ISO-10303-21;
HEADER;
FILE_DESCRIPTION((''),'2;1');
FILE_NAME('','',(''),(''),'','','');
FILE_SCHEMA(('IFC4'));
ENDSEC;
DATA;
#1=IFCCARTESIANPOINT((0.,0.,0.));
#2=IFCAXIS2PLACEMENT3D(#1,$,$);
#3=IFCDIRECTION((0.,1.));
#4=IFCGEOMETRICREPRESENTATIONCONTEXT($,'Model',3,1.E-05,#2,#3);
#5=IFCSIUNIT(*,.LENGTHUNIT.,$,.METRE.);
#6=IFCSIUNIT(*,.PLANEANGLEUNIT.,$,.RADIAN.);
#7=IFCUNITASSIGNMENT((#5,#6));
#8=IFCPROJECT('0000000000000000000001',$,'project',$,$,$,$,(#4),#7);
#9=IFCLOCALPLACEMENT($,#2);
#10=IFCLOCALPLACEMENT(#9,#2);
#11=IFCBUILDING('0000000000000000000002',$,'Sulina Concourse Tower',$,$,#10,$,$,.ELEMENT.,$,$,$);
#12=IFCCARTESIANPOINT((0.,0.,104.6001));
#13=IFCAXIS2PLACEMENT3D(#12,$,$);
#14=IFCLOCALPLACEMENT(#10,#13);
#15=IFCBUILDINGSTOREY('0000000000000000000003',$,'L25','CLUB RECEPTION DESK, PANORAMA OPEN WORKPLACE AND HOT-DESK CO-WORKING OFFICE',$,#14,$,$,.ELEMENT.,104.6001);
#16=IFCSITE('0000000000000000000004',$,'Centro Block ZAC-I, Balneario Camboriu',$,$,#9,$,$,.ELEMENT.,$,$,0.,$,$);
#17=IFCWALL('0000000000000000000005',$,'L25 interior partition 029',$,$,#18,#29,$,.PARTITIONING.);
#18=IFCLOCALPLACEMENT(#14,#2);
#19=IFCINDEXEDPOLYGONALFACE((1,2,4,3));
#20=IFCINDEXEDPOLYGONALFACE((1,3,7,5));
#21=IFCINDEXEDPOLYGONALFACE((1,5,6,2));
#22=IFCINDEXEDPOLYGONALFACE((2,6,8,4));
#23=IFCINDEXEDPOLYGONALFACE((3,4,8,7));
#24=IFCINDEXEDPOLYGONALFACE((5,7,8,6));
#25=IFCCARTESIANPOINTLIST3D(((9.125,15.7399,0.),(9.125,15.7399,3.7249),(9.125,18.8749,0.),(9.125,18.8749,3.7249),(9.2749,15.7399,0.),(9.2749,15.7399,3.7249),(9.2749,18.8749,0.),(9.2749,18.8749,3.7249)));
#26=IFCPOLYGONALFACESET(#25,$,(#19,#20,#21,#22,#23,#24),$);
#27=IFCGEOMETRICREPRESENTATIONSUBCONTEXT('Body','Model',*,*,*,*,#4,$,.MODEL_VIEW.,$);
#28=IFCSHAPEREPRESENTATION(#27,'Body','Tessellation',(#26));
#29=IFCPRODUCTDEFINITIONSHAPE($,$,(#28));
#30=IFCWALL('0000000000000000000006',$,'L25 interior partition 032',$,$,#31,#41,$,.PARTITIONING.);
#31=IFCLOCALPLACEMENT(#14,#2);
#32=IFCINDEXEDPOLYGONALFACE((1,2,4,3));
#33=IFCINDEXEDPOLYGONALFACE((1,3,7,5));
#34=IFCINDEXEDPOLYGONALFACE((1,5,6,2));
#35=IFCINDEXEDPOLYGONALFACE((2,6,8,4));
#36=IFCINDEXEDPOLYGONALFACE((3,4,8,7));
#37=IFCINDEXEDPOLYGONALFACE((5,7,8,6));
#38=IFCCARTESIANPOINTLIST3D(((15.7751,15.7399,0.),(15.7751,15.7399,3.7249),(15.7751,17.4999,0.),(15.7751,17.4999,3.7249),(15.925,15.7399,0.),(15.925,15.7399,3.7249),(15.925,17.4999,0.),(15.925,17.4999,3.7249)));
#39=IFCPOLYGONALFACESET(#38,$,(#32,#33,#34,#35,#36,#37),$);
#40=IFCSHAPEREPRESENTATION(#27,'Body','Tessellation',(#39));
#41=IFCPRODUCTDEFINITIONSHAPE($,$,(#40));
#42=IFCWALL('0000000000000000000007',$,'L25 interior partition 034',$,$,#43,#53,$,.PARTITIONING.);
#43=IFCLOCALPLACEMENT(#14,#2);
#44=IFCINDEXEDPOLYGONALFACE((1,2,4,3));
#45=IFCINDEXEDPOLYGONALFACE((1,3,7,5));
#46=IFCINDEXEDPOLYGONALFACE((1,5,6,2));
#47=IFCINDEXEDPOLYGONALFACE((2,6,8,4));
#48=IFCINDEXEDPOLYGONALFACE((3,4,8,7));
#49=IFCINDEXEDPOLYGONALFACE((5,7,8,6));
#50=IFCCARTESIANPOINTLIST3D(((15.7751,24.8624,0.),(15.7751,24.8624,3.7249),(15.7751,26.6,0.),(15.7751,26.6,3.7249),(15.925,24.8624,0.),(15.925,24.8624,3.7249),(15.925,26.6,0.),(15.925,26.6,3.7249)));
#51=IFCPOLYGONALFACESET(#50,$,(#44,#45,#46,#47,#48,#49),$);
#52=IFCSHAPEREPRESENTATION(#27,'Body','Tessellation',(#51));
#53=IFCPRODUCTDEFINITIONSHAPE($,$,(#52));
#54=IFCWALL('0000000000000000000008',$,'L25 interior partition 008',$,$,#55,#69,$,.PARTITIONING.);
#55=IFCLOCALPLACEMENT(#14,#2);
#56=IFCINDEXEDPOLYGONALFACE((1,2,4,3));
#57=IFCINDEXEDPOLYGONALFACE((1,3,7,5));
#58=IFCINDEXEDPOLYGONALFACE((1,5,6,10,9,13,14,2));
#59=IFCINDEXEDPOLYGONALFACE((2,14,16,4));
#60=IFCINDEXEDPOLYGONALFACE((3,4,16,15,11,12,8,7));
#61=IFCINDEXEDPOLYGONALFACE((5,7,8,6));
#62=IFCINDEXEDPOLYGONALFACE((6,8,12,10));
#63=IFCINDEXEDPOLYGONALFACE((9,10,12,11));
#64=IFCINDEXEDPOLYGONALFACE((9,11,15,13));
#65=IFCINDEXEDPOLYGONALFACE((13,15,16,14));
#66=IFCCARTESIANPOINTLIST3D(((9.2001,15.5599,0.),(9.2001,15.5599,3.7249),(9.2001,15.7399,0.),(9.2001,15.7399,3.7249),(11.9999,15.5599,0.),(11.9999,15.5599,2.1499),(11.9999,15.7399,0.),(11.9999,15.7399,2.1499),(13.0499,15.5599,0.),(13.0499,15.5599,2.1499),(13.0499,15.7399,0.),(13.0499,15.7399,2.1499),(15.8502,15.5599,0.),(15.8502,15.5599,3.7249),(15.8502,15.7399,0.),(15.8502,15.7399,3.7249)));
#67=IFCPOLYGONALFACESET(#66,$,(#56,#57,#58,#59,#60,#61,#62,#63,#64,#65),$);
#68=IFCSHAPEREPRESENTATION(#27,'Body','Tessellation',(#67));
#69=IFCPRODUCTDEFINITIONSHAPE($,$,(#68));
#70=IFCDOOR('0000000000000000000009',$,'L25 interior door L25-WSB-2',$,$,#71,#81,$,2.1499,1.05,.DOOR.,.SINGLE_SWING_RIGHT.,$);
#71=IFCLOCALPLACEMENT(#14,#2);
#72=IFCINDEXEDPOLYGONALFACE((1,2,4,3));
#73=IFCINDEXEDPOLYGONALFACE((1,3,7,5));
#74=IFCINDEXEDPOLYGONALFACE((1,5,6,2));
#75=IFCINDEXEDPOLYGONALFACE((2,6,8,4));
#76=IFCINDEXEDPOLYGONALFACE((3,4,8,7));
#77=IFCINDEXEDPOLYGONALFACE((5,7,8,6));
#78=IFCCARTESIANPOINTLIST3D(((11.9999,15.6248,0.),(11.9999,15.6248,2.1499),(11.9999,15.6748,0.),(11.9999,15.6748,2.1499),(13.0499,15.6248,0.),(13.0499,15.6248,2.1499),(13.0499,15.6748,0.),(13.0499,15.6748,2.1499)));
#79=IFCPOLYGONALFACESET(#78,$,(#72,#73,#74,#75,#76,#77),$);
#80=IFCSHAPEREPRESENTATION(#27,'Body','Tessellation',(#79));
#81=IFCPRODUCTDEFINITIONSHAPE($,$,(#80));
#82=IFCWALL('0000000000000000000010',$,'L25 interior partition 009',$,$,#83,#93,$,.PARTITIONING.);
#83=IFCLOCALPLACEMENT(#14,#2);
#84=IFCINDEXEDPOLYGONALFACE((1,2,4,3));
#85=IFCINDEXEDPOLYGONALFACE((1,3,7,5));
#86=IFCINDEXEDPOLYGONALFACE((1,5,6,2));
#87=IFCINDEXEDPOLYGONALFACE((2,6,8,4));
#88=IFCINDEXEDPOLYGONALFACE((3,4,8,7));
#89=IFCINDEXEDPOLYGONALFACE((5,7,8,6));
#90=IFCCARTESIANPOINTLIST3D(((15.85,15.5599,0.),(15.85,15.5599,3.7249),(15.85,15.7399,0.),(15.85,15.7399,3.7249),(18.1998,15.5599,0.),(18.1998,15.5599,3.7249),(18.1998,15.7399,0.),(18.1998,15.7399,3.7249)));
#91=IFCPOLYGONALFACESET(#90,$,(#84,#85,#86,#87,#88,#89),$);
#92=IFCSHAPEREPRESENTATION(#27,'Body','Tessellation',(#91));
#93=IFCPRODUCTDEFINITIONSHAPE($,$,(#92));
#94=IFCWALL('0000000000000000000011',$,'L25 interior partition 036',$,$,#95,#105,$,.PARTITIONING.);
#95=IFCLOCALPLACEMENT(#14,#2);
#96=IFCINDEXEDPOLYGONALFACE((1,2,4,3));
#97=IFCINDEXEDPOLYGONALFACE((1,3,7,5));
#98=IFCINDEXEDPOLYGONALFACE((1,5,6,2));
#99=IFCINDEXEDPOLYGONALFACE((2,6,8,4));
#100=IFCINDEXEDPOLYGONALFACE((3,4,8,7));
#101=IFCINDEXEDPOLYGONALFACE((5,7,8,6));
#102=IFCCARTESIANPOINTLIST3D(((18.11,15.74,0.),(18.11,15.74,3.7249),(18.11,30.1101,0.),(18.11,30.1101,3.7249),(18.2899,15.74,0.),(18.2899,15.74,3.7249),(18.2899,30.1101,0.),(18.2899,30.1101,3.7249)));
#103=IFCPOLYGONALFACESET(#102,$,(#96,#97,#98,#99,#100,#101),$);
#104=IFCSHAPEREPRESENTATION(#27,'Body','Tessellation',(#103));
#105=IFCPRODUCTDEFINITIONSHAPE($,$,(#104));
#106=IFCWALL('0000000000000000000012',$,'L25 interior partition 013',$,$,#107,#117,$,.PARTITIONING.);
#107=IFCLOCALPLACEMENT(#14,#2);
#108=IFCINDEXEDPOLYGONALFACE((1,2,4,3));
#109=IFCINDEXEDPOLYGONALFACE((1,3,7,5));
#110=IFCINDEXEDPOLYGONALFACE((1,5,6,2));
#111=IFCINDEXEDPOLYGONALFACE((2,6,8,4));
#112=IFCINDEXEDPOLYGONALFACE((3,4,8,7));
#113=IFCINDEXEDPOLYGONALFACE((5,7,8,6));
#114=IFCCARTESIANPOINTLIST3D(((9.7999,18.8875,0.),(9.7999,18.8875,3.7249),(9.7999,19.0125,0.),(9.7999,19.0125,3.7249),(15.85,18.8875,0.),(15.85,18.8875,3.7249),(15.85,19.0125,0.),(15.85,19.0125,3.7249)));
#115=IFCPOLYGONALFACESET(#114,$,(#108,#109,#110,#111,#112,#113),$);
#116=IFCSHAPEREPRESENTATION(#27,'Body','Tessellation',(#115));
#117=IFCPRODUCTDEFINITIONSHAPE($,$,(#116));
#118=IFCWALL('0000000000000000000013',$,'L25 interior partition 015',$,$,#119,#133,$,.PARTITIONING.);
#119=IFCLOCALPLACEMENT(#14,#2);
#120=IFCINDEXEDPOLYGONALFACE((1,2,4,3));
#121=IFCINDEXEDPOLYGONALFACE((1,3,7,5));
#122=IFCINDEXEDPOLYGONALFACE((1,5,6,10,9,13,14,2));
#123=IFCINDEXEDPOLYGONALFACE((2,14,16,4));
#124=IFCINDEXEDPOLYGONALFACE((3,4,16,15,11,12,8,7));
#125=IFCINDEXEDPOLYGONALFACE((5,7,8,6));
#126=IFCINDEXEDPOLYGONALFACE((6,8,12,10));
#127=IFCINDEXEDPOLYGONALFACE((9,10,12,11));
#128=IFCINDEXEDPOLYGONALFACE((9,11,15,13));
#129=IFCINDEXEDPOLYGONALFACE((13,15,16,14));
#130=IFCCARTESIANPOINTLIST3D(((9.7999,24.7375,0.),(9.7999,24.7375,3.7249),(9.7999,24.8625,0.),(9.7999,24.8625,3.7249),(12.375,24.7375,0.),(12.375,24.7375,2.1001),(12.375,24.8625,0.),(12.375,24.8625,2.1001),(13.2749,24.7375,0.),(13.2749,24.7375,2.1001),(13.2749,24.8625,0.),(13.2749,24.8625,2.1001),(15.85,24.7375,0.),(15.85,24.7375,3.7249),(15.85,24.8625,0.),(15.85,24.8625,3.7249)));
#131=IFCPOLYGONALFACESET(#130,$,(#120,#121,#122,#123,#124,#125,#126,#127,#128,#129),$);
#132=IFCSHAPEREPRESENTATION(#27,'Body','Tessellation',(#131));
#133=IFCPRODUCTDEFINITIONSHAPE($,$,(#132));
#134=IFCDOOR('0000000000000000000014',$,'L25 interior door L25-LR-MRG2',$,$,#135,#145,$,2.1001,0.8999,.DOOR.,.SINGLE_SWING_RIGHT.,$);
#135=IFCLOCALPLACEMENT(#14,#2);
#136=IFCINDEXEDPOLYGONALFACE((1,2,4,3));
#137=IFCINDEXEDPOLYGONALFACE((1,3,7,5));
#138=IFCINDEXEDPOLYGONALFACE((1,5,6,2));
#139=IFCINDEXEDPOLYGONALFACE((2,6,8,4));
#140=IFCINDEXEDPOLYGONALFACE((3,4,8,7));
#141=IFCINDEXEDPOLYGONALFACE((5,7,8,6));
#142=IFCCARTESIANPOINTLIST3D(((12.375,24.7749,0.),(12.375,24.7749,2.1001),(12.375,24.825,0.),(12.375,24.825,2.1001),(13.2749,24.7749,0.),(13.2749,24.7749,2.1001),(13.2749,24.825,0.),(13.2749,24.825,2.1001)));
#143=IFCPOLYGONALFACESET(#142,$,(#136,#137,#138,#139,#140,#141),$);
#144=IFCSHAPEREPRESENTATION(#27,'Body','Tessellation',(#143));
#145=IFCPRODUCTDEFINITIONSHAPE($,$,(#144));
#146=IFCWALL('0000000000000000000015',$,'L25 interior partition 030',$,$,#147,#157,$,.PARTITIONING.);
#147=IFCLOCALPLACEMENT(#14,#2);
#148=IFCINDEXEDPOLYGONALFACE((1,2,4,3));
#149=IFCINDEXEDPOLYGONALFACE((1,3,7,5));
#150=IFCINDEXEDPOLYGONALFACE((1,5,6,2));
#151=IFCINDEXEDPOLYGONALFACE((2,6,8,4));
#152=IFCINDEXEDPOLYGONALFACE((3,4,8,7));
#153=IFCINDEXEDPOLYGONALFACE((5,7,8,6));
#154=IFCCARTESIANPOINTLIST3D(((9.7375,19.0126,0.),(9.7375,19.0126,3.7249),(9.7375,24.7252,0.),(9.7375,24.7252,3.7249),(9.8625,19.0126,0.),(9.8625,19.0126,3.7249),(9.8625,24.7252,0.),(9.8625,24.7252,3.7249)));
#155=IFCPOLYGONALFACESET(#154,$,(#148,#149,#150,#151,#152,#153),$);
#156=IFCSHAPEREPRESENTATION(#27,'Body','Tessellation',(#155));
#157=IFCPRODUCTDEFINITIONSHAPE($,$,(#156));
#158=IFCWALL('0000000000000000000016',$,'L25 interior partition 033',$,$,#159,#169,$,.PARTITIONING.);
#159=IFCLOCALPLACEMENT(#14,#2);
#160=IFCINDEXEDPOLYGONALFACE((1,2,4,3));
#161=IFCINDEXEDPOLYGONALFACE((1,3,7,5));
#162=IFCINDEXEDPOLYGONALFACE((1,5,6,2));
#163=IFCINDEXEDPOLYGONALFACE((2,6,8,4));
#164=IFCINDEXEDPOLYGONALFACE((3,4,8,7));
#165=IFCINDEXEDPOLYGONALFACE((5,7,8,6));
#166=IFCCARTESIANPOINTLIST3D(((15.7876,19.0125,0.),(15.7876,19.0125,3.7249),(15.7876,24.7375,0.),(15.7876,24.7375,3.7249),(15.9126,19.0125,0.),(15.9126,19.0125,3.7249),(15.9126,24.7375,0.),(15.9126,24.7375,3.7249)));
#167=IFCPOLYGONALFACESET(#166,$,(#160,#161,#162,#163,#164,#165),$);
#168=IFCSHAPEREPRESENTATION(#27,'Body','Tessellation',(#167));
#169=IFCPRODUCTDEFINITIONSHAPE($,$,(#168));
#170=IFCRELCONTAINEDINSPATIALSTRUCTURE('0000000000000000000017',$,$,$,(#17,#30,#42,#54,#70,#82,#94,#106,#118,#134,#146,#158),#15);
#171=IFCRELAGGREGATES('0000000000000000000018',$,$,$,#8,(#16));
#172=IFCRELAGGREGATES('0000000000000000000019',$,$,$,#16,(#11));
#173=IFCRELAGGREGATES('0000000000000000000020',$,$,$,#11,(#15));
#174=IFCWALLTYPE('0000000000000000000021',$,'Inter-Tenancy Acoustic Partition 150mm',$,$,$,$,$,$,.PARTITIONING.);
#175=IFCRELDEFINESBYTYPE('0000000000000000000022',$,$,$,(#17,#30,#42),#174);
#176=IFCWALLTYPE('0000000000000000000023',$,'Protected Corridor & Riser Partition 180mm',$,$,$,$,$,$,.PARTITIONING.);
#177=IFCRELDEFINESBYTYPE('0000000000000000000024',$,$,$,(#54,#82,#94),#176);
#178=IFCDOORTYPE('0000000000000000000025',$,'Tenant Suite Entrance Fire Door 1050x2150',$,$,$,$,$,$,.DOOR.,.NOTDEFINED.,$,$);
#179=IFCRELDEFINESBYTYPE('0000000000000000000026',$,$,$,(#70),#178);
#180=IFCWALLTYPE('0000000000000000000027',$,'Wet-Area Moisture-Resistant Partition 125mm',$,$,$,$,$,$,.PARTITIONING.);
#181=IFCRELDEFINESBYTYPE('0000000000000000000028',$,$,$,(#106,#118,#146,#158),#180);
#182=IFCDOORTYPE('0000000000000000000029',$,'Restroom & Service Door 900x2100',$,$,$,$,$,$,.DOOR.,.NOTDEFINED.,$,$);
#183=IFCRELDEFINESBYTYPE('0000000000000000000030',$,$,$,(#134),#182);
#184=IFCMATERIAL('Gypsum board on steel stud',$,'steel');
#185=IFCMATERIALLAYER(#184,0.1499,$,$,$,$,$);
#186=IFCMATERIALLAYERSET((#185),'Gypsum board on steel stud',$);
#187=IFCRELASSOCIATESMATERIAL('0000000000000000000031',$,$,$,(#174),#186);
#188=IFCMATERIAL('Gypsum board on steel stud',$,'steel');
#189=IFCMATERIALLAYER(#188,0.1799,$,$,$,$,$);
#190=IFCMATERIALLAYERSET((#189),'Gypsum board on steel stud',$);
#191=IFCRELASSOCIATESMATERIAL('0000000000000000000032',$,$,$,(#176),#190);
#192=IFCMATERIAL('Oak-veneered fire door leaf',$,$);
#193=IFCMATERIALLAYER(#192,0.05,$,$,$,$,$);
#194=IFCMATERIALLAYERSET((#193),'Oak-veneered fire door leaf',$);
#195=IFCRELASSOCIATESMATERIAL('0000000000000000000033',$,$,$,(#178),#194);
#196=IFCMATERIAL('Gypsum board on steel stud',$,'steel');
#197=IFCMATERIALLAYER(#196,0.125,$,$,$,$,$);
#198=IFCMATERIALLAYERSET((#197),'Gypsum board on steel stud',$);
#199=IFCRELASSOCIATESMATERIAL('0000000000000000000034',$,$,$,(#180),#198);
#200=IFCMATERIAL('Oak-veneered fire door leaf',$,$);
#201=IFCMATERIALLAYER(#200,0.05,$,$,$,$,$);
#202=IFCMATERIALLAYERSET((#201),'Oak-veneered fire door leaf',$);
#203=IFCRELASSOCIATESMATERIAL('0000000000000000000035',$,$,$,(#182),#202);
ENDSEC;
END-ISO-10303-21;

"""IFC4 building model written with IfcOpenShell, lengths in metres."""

from ifc_helpers import new_model, si_unit, direction, frame, frame_2d, origin, place, context, subcontext, project, spatial, rectangle, extrude, material, layer, layer_set, type_object, element, fill, save


model = new_model("IFC4")

# Units and contexts
model_context = context("Model", 3, precision=1e-05, world=origin(), true_north=direction((0.0, 1.0)))
body_context = subcontext(model_context, "Body", "Model", "MODEL_VIEW")
ifc_project = project(units=[si_unit("LENGTHUNIT", "METRE"), si_unit("PLANEANGLEUNIT", "RADIAN")], contexts=[model_context])

# Site, building, storey
site_placement = place(None, origin())
site = spatial("IfcSite", under=ifc_project, at=site_placement, Name="Centro Block ZAC-I, Balneario Camboriu", CompositionType="ELEMENT", RefElevation=0.0)
building_placement = place(site_placement, origin())
building = spatial("IfcBuilding", under=site, at=building_placement, Name="Sulina Concourse Tower", CompositionType="ELEMENT")
storey_placement = place(building_placement, frame((0.0, 0.0, 104.6001)))
storey = spatial("IfcBuildingStorey", under=building, at=storey_placement, Name="L25", Description="CLUB RECEPTION DESK, PANORAMA OPEN WORKPLACE AND HOT-DESK CO-WORKING OFFICE", CompositionType="ELEMENT", Elevation=104.6001)

# Walls
ifc_material_1 = material(Name="Gypsum board on steel stud", Category="steel")
ifc_layer_1 = layer(ifc_material_1, 0.1499)
ifc_layer_set_1 = layer_set([ifc_layer_1], Name="Gypsum board on steel stud")
wall_type_1 = type_object("IfcWallType", Name="Inter-Tenancy Acoustic Partition 150mm", PredefinedType="PARTITIONING", material=ifc_layer_set_1)
wall_1_placement = place(storey_placement, frame((9.2, 15.74, 0.0), z_axis=(0.0, 0.0, 1.0), x_axis=(0.0, 1.0, 0.0)))
element("IfcWall", 1, at=wall_1_placement, inside=storey, type_object=wall_type_1, Name="L25 interior partition 029", PredefinedType="PARTITIONING", context=body_context, shape_type="SweptSolid", body=[
    extrude(rectangle(XDim=3.135, YDim=0.1499, at=frame_2d((1.5674, 0.0))), origin(), (0.0, 0.0, 1.0), 3.7249),
])
wall_2_placement = place(storey_placement, frame((15.8501, 15.74, 0.0), z_axis=(0.0, 0.0, 1.0), x_axis=(0.0, 1.0, 0.0)))
element("IfcWall", 2, at=wall_2_placement, inside=storey, type_object=wall_type_1, Name="L25 interior partition 032", PredefinedType="PARTITIONING", context=body_context, shape_type="SweptSolid", body=[
    extrude(rectangle(XDim=1.76, YDim=0.1499, at=frame_2d((0.8799, 0.0))), origin(), (0.0, 0.0, 1.0), 3.7249),
])
wall_3_placement = place(storey_placement, frame((15.8501, 24.8625, 0.0), z_axis=(0.0, 0.0, 1.0), x_axis=(0.0, 1.0, 0.0)))
element("IfcWall", 3, at=wall_3_placement, inside=storey, type_object=wall_type_1, Name="L25 interior partition 034", PredefinedType="PARTITIONING", context=body_context, shape_type="SweptSolid", body=[
    extrude(rectangle(XDim=1.7375, YDim=0.1499, at=frame_2d((0.8687, 0.0))), origin(), (0.0, 0.0, 1.0), 3.7249),
])

# Wall, opening, door
ifc_material_2 = material(Name="Gypsum board on steel stud", Category="steel")
ifc_layer_2 = layer(ifc_material_2, 0.1799)
ifc_layer_set_2 = layer_set([ifc_layer_2], Name="Gypsum board on steel stud")
wall_type_2 = type_object("IfcWallType", Name="Protected Corridor & Riser Partition 180mm", PredefinedType="PARTITIONING", material=ifc_layer_set_2)
wall_4_placement = place(storey_placement, frame((9.2, 15.6499, 0.0), z_axis=(0.0, 0.0, 1.0), x_axis=(1.0, 0.0, 0.0)))
wall_4 = element("IfcWall", 4, at=wall_4_placement, inside=storey, type_object=wall_type_2, Name="L25 interior partition 008", PredefinedType="PARTITIONING", context=body_context, shape_type="SweptSolid", body=[
    extrude(rectangle(XDim=6.6501, YDim=0.1799, at=frame_2d((3.3252, 0.0))), origin(), (0.0, 0.0, 1.0), 3.7249),
])
opening_1_placement = place(wall_4_placement, frame((2.8, 0.0, 0.0)))
opening_1 = element("IfcOpeningElement", 5, at=opening_1_placement, cuts=wall_4, PredefinedType="OPENING", context=body_context, shape_type="SweptSolid", body=[
    extrude(rectangle(XDim=1.05, YDim=2.1499, at=frame_2d((0.5249, 1.075))), frame((0.0, 0.0999, 0.0), z_axis=(0.0, -1.0, 0.0), x_axis=(1.0, 0.0, 0.0)), (0.0, 0.0, 1.0), 0.2),
])
ifc_material_3 = material(Name="Oak-veneered fire door leaf")
ifc_layer_3 = layer(ifc_material_3, 0.05)
ifc_layer_set_3 = layer_set([ifc_layer_3], Name="Oak-veneered fire door leaf")
door_type_1 = type_object("IfcDoorType", Name="Tenant Suite Entrance Fire Door 1050x2150", OperationType="NOTDEFINED", PredefinedType="DOOR", material=ifc_layer_set_3)
door_1_placement = place(opening_1_placement, origin())
door_1 = element("IfcDoor", 6, at=door_1_placement, inside=storey, type_object=door_type_1, Name="L25 interior door L25-WSB-2", OperationType="SINGLE_SWING_RIGHT", OverallHeight=2.1499, OverallWidth=1.05, PredefinedType="DOOR", context=body_context, shape_type="SweptSolid", body=[
    extrude(rectangle(XDim=1.05, YDim=2.1499, at=frame_2d((0.5249, 1.075))), frame((0.0, 0.0249, 0.0), z_axis=(0.0, -1.0, 0.0), x_axis=(1.0, 0.0, 0.0)), (0.0, 0.0, 1.0), 0.05),
])
fill(opening_1, door_1)

# Walls
wall_5_placement = place(storey_placement, frame((15.8501, 15.6499, 0.0), z_axis=(0.0, 0.0, 1.0), x_axis=(1.0, 0.0, 0.0)))
element("IfcWall", 7, at=wall_5_placement, inside=storey, type_object=wall_type_2, Name="L25 interior partition 009", PredefinedType="PARTITIONING", context=body_context, shape_type="SweptSolid", body=[
    extrude(rectangle(XDim=2.3499, YDim=0.1799, at=frame_2d((1.1748, 0.0))), origin(), (0.0, 0.0, 1.0), 3.7249),
])
wall_6_placement = place(storey_placement, frame((18.2, 15.74, 0.0), z_axis=(0.0, 0.0, 1.0), x_axis=(0.0, 1.0, 0.0)))
element("IfcWall", 8, at=wall_6_placement, inside=storey, type_object=wall_type_2, Name="L25 interior partition 036", PredefinedType="PARTITIONING", context=body_context, shape_type="SweptSolid", body=[
    extrude(rectangle(XDim=14.3701, YDim=0.1799, at=frame_2d((7.1851, 0.0))), origin(), (0.0, 0.0, 1.0), 3.7249),
])
ifc_material_4 = material(Name="Gypsum board on steel stud", Category="steel")
ifc_layer_4 = layer(ifc_material_4, 0.125)
ifc_layer_set_4 = layer_set([ifc_layer_4], Name="Gypsum board on steel stud")
wall_type_3 = type_object("IfcWallType", Name="Wet-Area Moisture-Resistant Partition 125mm", PredefinedType="PARTITIONING", material=ifc_layer_set_4)
wall_7_placement = place(storey_placement, frame((9.8, 18.95, 0.0), z_axis=(0.0, 0.0, 1.0), x_axis=(1.0, 0.0, 0.0)))
element("IfcWall", 9, at=wall_7_placement, inside=storey, type_object=wall_type_3, Name="L25 interior partition 013", PredefinedType="PARTITIONING", context=body_context, shape_type="SweptSolid", body=[
    extrude(rectangle(XDim=6.05, YDim=0.125, at=frame_2d((3.0249, 0.0))), origin(), (0.0, 0.0, 1.0), 3.7249),
])

# Wall, opening, door
wall_8_placement = place(storey_placement, frame((9.8, 24.8, 0.0), z_axis=(0.0, 0.0, 1.0), x_axis=(1.0, 0.0, 0.0)))
wall_8 = element("IfcWall", 10, at=wall_8_placement, inside=storey, type_object=wall_type_3, Name="L25 interior partition 015", PredefinedType="PARTITIONING", context=body_context, shape_type="SweptSolid", body=[
    extrude(rectangle(XDim=6.05, YDim=0.125, at=frame_2d((3.0249, 0.0))), origin(), (0.0, 0.0, 1.0), 3.7249),
])
opening_2_placement = place(wall_8_placement, frame((2.575, 0.0, 0.0)))
opening_2 = element("IfcOpeningElement", 11, at=opening_2_placement, cuts=wall_8, PredefinedType="OPENING", context=body_context, shape_type="SweptSolid", body=[
    extrude(rectangle(XDim=0.8999, YDim=2.1001, at=frame_2d((0.45, 1.05))), frame((0.0, 0.0725, 0.0), z_axis=(0.0, -1.0, 0.0), x_axis=(1.0, 0.0, 0.0)), (0.0, 0.0, 1.0), 0.145),
])
ifc_material_5 = material(Name="Oak-veneered fire door leaf")
ifc_layer_5 = layer(ifc_material_5, 0.05)
ifc_layer_set_5 = layer_set([ifc_layer_5], Name="Oak-veneered fire door leaf")
door_type_2 = type_object("IfcDoorType", Name="Restroom & Service Door 900x2100", OperationType="NOTDEFINED", PredefinedType="DOOR", material=ifc_layer_set_5)
door_2_placement = place(opening_2_placement, origin())
door_2 = element("IfcDoor", 12, at=door_2_placement, inside=storey, type_object=door_type_2, Name="L25 interior door L25-LR-MRG2", OperationType="SINGLE_SWING_RIGHT", OverallHeight=2.1001, OverallWidth=0.8999, PredefinedType="DOOR", context=body_context, shape_type="SweptSolid", body=[
    extrude(rectangle(XDim=0.8999, YDim=2.1001, at=frame_2d((0.45, 1.05))), frame((0.0, 0.0249, 0.0), z_axis=(0.0, -1.0, 0.0), x_axis=(1.0, 0.0, 0.0)), (0.0, 0.0, 1.0), 0.05),
])
fill(opening_2, door_2)

# Walls
wall_9_placement = place(storey_placement, frame((9.8, 19.0125, 0.0), z_axis=(0.0, 0.0, 1.0), x_axis=(0.0, 1.0, 0.0)))
element("IfcWall", 13, at=wall_9_placement, inside=storey, type_object=wall_type_3, Name="L25 interior partition 030", PredefinedType="PARTITIONING", context=body_context, shape_type="SweptSolid", body=[
    extrude(rectangle(XDim=5.7126, YDim=0.125, at=frame_2d((2.8564, 0.0))), origin(), (0.0, 0.0, 1.0), 3.7249),
])
wall_10_placement = place(storey_placement, frame((15.8501, 19.0125, 0.0), z_axis=(0.0, 0.0, 1.0), x_axis=(0.0, 1.0, 0.0)))
element("IfcWall", 14, at=wall_10_placement, inside=storey, type_object=wall_type_3, Name="L25 interior partition 033", PredefinedType="PARTITIONING", context=body_context, shape_type="SweptSolid", body=[
    extrude(rectangle(XDim=5.7251, YDim=0.125, at=frame_2d((2.8625, 0.0))), origin(), (0.0, 0.0, 1.0), 3.7249),
])

save(model, "model.ifc")
